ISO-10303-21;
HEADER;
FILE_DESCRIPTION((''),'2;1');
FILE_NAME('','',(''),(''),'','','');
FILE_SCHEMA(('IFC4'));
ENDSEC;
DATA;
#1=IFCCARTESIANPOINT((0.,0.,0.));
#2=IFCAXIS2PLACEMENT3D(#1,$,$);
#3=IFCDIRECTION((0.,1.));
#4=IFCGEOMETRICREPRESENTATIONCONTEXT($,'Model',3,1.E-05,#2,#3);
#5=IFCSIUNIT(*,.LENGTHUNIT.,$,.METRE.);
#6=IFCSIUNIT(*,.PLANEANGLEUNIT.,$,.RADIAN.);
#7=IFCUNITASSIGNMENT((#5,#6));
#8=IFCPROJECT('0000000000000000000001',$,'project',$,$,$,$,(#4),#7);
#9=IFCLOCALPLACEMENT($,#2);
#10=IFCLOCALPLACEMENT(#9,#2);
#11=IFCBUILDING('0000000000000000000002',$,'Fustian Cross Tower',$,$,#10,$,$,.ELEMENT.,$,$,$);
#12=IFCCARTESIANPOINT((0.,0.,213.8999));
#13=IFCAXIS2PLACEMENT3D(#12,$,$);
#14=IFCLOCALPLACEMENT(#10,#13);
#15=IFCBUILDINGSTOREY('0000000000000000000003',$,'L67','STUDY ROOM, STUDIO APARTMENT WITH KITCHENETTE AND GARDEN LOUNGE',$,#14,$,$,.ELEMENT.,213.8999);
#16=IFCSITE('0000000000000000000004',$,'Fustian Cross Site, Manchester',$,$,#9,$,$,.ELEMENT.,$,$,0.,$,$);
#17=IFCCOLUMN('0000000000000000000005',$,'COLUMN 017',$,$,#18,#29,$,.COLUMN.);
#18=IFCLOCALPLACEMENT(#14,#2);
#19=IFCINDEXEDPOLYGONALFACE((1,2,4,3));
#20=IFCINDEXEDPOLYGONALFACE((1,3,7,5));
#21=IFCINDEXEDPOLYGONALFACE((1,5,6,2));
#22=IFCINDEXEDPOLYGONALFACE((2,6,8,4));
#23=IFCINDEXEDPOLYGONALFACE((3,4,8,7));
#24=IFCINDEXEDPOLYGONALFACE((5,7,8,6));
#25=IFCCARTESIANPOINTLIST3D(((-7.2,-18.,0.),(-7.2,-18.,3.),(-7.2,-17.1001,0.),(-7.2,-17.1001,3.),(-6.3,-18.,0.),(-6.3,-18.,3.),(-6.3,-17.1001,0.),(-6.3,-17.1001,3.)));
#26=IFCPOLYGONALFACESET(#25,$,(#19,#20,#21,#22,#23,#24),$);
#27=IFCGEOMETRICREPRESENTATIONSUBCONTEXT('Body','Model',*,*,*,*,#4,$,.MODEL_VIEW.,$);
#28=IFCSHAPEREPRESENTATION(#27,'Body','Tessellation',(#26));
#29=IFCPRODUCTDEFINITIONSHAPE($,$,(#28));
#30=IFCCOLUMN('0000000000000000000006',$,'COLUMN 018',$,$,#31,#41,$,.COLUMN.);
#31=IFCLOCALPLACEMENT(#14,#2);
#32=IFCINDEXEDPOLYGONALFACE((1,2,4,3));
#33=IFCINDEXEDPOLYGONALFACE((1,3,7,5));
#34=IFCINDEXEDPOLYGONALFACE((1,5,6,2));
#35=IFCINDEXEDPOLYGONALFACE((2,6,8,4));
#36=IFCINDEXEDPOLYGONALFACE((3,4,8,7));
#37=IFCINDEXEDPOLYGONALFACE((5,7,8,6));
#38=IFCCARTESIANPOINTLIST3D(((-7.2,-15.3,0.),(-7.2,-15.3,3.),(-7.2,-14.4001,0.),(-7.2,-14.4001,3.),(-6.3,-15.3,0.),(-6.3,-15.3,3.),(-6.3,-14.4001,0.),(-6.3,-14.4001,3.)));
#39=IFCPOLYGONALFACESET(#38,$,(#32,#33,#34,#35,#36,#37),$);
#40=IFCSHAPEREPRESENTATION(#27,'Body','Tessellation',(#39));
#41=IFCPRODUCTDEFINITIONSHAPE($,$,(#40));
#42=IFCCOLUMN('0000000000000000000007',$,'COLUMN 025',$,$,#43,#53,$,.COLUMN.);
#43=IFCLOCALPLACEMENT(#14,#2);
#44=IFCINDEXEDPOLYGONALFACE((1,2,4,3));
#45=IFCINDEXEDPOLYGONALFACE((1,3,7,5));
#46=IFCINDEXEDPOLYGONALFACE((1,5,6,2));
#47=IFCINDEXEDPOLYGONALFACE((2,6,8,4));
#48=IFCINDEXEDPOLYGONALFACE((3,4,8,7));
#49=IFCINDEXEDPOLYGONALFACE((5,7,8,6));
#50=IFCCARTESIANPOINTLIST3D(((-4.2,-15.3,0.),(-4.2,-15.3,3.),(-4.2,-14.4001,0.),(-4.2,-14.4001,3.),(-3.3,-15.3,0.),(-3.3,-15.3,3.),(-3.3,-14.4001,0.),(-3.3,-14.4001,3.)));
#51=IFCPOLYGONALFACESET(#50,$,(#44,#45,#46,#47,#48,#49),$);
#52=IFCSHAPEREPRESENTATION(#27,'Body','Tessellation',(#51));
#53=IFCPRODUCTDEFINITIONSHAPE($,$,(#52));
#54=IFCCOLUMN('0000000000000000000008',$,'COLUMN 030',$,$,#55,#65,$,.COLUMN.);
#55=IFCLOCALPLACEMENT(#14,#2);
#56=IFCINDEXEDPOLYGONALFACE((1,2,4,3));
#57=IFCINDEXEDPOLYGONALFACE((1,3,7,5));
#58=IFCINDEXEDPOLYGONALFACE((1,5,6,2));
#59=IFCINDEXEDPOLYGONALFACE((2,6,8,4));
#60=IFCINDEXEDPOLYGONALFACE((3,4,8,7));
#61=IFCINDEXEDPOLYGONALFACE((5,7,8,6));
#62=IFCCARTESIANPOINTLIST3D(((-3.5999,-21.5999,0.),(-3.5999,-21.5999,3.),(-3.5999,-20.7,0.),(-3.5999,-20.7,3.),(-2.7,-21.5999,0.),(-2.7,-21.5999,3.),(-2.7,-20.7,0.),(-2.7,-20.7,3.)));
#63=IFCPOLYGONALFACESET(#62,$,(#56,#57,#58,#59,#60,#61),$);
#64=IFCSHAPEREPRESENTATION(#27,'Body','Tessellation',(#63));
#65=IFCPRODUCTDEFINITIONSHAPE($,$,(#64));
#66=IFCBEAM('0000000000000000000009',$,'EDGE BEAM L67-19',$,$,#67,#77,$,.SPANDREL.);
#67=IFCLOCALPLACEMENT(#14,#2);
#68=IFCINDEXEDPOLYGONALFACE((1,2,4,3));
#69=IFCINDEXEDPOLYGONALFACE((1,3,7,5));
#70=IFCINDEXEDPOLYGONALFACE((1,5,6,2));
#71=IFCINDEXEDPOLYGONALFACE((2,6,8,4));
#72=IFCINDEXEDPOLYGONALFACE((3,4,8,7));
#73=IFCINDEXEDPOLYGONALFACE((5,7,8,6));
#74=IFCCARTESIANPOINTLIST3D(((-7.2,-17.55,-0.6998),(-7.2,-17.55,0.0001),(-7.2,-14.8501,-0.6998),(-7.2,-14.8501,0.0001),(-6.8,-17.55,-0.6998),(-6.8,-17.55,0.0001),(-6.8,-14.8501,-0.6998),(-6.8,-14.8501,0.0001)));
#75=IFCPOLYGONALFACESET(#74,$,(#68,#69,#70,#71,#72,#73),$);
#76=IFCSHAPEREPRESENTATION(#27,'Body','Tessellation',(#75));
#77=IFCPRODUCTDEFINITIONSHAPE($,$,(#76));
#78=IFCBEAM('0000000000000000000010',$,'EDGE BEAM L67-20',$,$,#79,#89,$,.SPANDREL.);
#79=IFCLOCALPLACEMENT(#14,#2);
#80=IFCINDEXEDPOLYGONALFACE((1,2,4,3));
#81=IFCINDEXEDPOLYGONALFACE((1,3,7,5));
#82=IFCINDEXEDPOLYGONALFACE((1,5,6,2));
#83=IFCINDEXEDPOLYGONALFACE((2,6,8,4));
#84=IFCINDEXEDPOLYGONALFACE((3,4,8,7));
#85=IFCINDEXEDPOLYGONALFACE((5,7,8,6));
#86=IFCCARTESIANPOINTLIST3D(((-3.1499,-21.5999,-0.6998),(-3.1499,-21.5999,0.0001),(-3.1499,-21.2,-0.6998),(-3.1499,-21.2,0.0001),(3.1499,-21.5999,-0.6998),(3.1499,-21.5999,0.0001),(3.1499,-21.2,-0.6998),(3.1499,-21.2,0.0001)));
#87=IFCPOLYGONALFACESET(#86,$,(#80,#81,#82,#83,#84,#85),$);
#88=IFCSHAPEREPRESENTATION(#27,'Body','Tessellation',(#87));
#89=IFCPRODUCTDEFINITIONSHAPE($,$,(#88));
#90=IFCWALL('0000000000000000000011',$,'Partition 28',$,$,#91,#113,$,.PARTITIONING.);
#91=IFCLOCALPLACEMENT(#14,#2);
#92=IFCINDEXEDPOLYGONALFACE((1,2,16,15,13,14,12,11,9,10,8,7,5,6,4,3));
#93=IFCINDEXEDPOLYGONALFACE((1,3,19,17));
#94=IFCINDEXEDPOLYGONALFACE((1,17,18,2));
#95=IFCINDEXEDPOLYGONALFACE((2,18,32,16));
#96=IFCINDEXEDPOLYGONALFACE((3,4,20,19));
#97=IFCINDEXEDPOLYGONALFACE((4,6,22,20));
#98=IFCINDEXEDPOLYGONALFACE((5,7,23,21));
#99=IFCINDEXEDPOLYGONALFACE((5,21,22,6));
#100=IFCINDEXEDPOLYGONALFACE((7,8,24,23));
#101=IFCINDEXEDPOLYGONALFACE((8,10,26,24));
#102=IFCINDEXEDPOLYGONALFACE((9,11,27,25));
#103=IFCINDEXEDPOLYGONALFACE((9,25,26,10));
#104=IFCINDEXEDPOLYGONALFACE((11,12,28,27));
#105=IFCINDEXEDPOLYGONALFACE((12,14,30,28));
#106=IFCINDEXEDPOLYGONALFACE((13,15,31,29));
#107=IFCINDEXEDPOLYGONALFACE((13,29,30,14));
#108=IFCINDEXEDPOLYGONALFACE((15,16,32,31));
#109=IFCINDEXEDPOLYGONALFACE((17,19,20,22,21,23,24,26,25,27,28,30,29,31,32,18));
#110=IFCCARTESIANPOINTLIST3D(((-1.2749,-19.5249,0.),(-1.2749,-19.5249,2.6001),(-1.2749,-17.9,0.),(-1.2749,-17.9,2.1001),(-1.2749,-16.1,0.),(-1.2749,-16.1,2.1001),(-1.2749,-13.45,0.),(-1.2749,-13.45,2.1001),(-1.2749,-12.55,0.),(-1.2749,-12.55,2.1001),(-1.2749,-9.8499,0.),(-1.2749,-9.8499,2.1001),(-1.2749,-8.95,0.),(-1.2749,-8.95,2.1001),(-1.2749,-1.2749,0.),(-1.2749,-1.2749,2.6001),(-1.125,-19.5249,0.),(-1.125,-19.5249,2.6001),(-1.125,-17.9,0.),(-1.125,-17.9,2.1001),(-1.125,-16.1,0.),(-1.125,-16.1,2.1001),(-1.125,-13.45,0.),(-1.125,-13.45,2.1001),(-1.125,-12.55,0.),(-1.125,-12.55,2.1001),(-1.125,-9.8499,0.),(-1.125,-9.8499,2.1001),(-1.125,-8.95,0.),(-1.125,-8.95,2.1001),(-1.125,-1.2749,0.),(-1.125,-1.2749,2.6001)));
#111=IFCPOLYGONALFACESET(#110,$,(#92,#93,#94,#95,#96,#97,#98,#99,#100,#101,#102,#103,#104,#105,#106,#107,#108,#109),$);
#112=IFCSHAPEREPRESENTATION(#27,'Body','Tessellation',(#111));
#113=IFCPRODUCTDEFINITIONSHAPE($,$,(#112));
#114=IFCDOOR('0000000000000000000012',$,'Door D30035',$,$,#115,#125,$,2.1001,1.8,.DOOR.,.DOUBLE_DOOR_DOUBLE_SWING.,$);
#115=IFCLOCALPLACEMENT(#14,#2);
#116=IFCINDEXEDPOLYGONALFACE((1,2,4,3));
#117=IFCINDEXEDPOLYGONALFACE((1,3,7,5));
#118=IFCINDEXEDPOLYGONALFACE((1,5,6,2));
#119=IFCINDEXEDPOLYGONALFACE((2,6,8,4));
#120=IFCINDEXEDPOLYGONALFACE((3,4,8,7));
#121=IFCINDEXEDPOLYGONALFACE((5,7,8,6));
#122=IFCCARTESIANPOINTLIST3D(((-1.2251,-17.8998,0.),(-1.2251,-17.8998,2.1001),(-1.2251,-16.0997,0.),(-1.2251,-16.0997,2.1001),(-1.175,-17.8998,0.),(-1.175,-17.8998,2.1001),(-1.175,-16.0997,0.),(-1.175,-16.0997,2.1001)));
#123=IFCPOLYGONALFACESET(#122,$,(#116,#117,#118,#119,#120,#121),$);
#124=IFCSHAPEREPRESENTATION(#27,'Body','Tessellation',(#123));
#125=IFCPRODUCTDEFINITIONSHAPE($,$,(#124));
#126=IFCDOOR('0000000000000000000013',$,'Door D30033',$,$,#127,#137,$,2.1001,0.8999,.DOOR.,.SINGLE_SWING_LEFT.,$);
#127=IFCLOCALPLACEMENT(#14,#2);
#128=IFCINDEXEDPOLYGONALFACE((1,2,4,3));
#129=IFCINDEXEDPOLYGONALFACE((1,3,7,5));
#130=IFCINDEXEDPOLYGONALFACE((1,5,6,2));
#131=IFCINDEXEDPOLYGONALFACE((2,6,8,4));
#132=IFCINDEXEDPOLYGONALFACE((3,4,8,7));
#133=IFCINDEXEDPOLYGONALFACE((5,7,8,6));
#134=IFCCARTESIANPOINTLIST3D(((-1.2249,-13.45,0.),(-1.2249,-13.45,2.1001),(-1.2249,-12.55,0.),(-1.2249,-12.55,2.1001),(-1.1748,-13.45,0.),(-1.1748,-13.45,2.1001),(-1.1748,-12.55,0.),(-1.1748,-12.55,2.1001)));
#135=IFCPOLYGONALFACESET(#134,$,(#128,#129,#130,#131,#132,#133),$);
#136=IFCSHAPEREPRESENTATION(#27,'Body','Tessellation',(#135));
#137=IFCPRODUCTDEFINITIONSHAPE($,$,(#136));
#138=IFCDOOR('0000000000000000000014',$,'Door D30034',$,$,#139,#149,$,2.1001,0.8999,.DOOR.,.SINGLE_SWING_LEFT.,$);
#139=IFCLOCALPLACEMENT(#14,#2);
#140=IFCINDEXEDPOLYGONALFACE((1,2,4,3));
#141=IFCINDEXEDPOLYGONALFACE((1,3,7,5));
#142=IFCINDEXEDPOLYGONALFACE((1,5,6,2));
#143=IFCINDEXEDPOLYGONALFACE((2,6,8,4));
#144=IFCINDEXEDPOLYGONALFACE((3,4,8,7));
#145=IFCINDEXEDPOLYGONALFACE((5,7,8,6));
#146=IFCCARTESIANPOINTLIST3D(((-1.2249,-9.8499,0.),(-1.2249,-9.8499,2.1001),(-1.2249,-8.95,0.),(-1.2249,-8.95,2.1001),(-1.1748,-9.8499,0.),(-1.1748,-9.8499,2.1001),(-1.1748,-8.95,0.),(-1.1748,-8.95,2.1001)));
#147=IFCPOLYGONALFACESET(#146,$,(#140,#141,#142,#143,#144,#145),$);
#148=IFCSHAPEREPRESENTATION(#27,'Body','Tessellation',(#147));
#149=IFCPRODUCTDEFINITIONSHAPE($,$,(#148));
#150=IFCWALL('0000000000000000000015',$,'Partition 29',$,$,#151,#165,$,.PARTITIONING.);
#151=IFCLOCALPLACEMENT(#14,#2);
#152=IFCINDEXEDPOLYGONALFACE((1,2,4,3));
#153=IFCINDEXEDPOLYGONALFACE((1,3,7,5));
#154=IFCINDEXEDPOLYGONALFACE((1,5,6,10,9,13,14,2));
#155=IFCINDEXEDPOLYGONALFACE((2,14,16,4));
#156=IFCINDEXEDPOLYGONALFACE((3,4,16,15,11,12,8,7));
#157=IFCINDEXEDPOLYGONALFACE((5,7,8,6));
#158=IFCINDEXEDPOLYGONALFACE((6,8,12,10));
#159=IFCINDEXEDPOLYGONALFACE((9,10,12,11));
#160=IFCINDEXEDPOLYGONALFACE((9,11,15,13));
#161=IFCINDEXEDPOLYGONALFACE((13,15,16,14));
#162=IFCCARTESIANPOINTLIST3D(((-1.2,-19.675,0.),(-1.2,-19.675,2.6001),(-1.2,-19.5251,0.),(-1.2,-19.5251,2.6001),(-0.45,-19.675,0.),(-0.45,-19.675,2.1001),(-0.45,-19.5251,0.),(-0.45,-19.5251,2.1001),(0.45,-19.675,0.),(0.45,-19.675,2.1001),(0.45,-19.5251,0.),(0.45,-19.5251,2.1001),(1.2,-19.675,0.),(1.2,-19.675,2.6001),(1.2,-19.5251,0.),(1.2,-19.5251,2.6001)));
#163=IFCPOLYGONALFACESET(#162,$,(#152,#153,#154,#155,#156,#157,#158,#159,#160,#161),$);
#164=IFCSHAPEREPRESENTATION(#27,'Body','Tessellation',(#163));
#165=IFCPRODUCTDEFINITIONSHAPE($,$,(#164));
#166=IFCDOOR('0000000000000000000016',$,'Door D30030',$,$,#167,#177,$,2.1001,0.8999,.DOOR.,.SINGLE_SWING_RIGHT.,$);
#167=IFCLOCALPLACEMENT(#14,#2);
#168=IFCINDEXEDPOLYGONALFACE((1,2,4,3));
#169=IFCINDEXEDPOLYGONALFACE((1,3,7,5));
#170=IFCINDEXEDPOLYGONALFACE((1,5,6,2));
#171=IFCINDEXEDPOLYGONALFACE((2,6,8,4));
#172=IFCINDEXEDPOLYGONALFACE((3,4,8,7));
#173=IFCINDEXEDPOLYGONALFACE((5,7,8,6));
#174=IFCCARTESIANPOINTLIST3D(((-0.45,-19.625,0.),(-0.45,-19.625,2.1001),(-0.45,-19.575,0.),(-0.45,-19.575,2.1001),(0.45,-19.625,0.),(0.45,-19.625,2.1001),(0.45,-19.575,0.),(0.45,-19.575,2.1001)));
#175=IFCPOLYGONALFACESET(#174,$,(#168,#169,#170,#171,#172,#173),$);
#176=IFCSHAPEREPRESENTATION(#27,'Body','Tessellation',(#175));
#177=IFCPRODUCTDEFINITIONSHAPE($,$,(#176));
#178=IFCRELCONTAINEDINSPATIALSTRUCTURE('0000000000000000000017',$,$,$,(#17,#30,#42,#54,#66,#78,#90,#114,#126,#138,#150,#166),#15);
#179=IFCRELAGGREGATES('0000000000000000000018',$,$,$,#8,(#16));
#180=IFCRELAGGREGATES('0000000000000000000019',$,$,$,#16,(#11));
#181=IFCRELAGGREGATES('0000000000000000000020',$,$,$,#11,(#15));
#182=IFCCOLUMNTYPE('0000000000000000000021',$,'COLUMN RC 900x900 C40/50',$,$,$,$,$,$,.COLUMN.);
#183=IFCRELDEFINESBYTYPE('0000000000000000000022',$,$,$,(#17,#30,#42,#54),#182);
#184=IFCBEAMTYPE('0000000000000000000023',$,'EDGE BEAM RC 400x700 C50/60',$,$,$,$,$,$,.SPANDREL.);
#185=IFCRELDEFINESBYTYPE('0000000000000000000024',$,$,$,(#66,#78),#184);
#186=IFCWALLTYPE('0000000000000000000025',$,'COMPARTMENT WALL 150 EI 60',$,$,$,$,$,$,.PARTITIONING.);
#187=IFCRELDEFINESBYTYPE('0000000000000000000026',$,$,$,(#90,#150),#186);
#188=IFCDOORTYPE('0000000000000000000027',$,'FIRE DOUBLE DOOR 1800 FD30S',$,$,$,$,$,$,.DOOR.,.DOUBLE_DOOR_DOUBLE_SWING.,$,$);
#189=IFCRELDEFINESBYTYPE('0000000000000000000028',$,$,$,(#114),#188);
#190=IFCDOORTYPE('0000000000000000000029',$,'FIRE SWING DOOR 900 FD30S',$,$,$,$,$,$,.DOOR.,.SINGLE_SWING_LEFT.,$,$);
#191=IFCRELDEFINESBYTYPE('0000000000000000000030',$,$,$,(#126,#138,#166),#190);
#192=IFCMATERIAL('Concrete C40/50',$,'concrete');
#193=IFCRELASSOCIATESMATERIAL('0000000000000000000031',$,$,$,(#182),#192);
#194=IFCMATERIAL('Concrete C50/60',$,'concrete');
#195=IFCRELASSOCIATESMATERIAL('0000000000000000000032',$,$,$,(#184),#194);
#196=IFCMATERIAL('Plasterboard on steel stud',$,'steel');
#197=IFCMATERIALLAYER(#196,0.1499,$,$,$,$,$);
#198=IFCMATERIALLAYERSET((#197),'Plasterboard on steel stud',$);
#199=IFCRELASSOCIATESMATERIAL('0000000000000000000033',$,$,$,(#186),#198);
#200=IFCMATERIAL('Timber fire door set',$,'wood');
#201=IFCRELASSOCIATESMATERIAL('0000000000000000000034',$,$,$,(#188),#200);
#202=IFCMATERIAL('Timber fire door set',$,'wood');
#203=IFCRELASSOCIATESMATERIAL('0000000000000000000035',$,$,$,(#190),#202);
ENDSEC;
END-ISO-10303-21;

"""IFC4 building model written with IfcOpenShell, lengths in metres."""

from ifc_helpers import new_model, si_unit, direction, frame, frame_2d, origin, origin_2d, place, context, subcontext, project, spatial, rectangle, extrude, material, layer, layer_set, material_profile, profile_set, type_object, element, fill, save


model = new_model("IFC4")

# Units and contexts
model_context = context("Model", 3, precision=1e-05, world=origin(), true_north=direction((0.0, 1.0)))
body_context = subcontext(model_context, "Body", "Model", "MODEL_VIEW")
ifc_project = project(units=[si_unit("LENGTHUNIT", "METRE"), si_unit("PLANEANGLEUNIT", "RADIAN")], contexts=[model_context])

# Site, building, storey
site_placement = place(None, origin())
site = spatial("IfcSite", under=ifc_project, at=site_placement, Name="Fustian Cross Site, Manchester", CompositionType="ELEMENT", RefElevation=0.0)
building_placement = place(site_placement, origin())
building = spatial("IfcBuilding", under=site, at=building_placement, Name="Fustian Cross Tower", CompositionType="ELEMENT")
storey_placement = place(building_placement, frame((0.0, 0.0, 213.8999)))
storey = spatial("IfcBuildingStorey", under=building, at=storey_placement, Name="L67", Description="STUDY ROOM, STUDIO APARTMENT WITH KITCHENETTE AND GARDEN LOUNGE", CompositionType="ELEMENT", Elevation=213.8999)

# Columns
ifc_material_1 = material(Name="Concrete C40/50", Category="concrete")
ifc_material_profile_1 = material_profile(ifc_material_1, rectangle(XDim=0.8999, YDim=0.8999, at=origin_2d()), Name="RC 900x900")
ifc_profile_set_1 = profile_set([ifc_material_profile_1], Name="Concrete C40/50")
column_type = type_object("IfcColumnType", Name="COLUMN RC 900x900 C40/50", PredefinedType="COLUMN", material=ifc_profile_set_1)
for number, where, z_axis, x_axis, name in (
    (1, (-6.75, -17.55, 0.0), (0.0, 0.0, 1.0), (1.0, 0.0, 0.0), "COLUMN 017"),
    (2, (-6.75, -14.8501, 0.0), (0.0, 0.0, 1.0), (1.0, 0.0, 0.0), "COLUMN 018"),
    (3, (-3.75, -14.8501, 0.0), (0.0, 0.0, 1.0), (1.0, 0.0, 0.0), "COLUMN 025"),
    (4, (-3.1499, -21.1499, 0.0), (0.0, 0.0, 1.0), (1.0, 0.0, 0.0), "COLUMN 030"),
):
    element("IfcColumn", number, at=place(storey_placement, frame(where, z_axis=z_axis, x_axis=x_axis)), inside=storey, type_object=column_type, Name=name, PredefinedType="COLUMN", context=body_context, shape_type="SweptSolid", body=[
        extrude(rectangle(XDim=0.8999, YDim=0.8999, at=origin_2d()), origin(), (0.0, 0.0, 1.0), 3.0),
    ])

# Beams
ifc_material_2 = material(Name="Concrete C50/60", Category="concrete")
ifc_material_profile_2 = material_profile(ifc_material_2, rectangle(XDim=0.3999, YDim=0.7, at=origin_2d()), Name="RC 400x700")
ifc_profile_set_2 = profile_set([ifc_material_profile_2], Name="Concrete C50/60")
beam_type = type_object("IfcBeamType", Name="EDGE BEAM RC 400x700 C50/60", PredefinedType="SPANDREL", material=ifc_profile_set_2)
beam_1_placement = place(storey_placement, frame((-7.0, -14.8501, -0.3499), z_axis=(0.0, -1.0, 0.0), x_axis=(1.0, 0.0, 0.0)))
element("IfcBeam", 5, at=beam_1_placement, inside=storey, type_object=beam_type, Name="EDGE BEAM L67-19", PredefinedType="SPANDREL", context=body_context, shape_type="SweptSolid", body=[
    extrude(rectangle(XDim=0.3999, YDim=0.7, at=origin_2d()), origin(), (0.0, 0.0, 1.0), 2.7),
])
beam_2_placement = place(storey_placement, frame((-3.1499, -21.3999, -0.3499), z_axis=(1.0, 0.0, 0.0), x_axis=(0.0, 1.0, 0.0)))
element("IfcBeam", 6, at=beam_2_placement, inside=storey, type_object=beam_type, Name="EDGE BEAM L67-20", PredefinedType="SPANDREL", context=body_context, shape_type="SweptSolid", body=[
    extrude(rectangle(XDim=0.3999, YDim=0.7, at=origin_2d()), origin(), (0.0, 0.0, 1.0), 6.2998),
])

# Wall, openings, doors
ifc_material_3 = material(Name="Plasterboard on steel stud", Category="steel")
ifc_layer_1 = layer(ifc_material_3, 0.1499)
ifc_layer_set_1 = layer_set([ifc_layer_1], Name="Plasterboard on steel stud")
wall_type_1 = type_object("IfcWallType", Name="COMPARTMENT WALL 150 EI 60", PredefinedType="PARTITIONING", material=ifc_layer_set_1)
wall_1_placement = place(storey_placement, frame((-1.2, -19.5249, 0.0), z_axis=(0.0, 0.0, 1.0), x_axis=(0.0, 1.0, 0.0)))
wall_1 = element("IfcWall", 7, at=wall_1_placement, inside=storey, type_object=wall_type_1, Name="Partition 28", PredefinedType="PARTITIONING", context=body_context, shape_type="SweptSolid", body=[
    extrude(rectangle(XDim=18.25, YDim=0.1499, at=frame_2d((9.125, 0.0))), origin(), (0.0, 0.0, 1.0), 2.6001),
])
opening_1_placement = place(wall_1_placement, frame((6.075, 0.0, 0.0)))
opening_1 = element("IfcOpeningElement", 8, at=opening_1_placement, cuts=wall_1, PredefinedType="OPENING", context=body_context, shape_type="SweptSolid", body=[
    extrude(rectangle(XDim=0.8999, YDim=2.1001, at=frame_2d((0.45, 1.05))), frame((0.0, 0.085, 0.0), z_axis=(0.0, -1.0, 0.0), x_axis=(1.0, 0.0, 0.0)), (0.0, 0.0, 1.0), 0.1699),
])
opening_2_placement = place(wall_1_placement, frame((9.675, 0.0, 0.0)))
opening_2 = element("IfcOpeningElement", 9, at=opening_2_placement, cuts=wall_1, PredefinedType="OPENING", context=body_context, shape_type="SweptSolid", body=[
    extrude(rectangle(XDim=0.8999, YDim=2.1001, at=frame_2d((0.45, 1.05))), frame((0.0, 0.085, 0.0), z_axis=(0.0, -1.0, 0.0), x_axis=(1.0, 0.0, 0.0)), (0.0, 0.0, 1.0), 0.1699),
])
opening_3_placement = place(wall_1_placement, frame((1.625, 0.0, 0.0)))
opening_3 = element("IfcOpeningElement", 10, at=opening_3_placement, cuts=wall_1, PredefinedType="OPENING", context=body_context, shape_type="SweptSolid", body=[
    extrude(rectangle(XDim=1.8, YDim=2.1001, at=frame_2d((0.8999, 1.05))), frame((0.0, 0.085, 0.0), z_axis=(0.0, -1.0, 0.0), x_axis=(1.0, 0.0, 0.0)), (0.0, 0.0, 1.0), 0.1699),
])
ifc_material_4 = material(Name="Timber fire door set", Category="wood")
door_type_1 = type_object("IfcDoorType", Name="FIRE DOUBLE DOOR 1800 FD30S", OperationType="DOUBLE_DOOR_DOUBLE_SWING", PredefinedType="DOOR", material=ifc_material_4)
door_1_placement = place(opening_3_placement, frame((1.8, 0.0, 0.0), z_axis=(0.0, 0.0, 1.0), x_axis=(-1.0, 0.0, 0.0)))
door_1 = element("IfcDoor", 11, at=door_1_placement, inside=storey, type_object=door_type_1, Name="Door D30035", OperationType="DOUBLE_DOOR_DOUBLE_SWING", OverallHeight=2.1001, OverallWidth=1.8, PredefinedType="DOOR", context=body_context, shape_type="SweptSolid", body=[
    extrude(rectangle(XDim=1.8, YDim=2.1001, at=frame_2d((0.8999, 1.05))), frame((0.0, 0.0249, 0.0), z_axis=(0.0, -1.0, 0.0), x_axis=(1.0, 0.0, 0.0)), (0.0, 0.0, 1.0), 0.05),
])
fill(opening_3, door_1)
ifc_material_5 = material(Name="Timber fire door set", Category="wood")
door_type_2 = type_object("IfcDoorType", Name="FIRE SWING DOOR 900 FD30S", OperationType="SINGLE_SWING_LEFT", PredefinedType="DOOR", material=ifc_material_5)
door_2_placement = place(opening_1_placement, origin())
door_2 = element("IfcDoor", 12, at=door_2_placement, inside=storey, type_object=door_type_2, Name="Door D30033", OperationType="SINGLE_SWING_LEFT", OverallHeight=2.1001, OverallWidth=0.8999, PredefinedType="DOOR", context=body_context, shape_type="SweptSolid", body=[
    extrude(rectangle(XDim=0.8999, YDim=2.1001, at=frame_2d((0.45, 1.05))), frame((0.0, 0.0249, 0.0), z_axis=(0.0, -1.0, 0.0), x_axis=(1.0, 0.0, 0.0)), (0.0, 0.0, 1.0), 0.05),
])
fill(opening_1, door_2)
door_3_placement = place(opening_2_placement, origin())
door_3 = element("IfcDoor", 13, at=door_3_placement, inside=storey, type_object=door_type_2, Name="Door D30034", OperationType="SINGLE_SWING_LEFT", OverallHeight=2.1001, OverallWidth=0.8999, PredefinedType="DOOR", context=body_context, shape_type="SweptSolid", body=[
    extrude(rectangle(XDim=0.8999, YDim=2.1001, at=frame_2d((0.45, 1.05))), frame((0.0, 0.0249, 0.0), z_axis=(0.0, -1.0, 0.0), x_axis=(1.0, 0.0, 0.0)), (0.0, 0.0, 1.0), 0.05),
])
fill(opening_2, door_3)

# Wall, opening, door
wall_2_placement = place(storey_placement, frame((-1.2, -19.6001, 0.0), z_axis=(0.0, 0.0, 1.0), x_axis=(1.0, 0.0, 0.0)))
wall_2 = element("IfcWall", 14, at=wall_2_placement, inside=storey, type_object=wall_type_1, Name="Partition 29", PredefinedType="PARTITIONING", context=body_context, shape_type="SweptSolid", body=[
    extrude(rectangle(XDim=2.3999, YDim=0.1499, at=frame_2d((1.2, 0.0))), origin(), (0.0, 0.0, 1.0), 2.6001),
])
opening_4_placement = place(wall_2_placement, frame((0.75, 0.0, 0.0)))
opening_4 = element("IfcOpeningElement", 15, at=opening_4_placement, cuts=wall_2, PredefinedType="OPENING", context=body_context, shape_type="SweptSolid", body=[
    extrude(rectangle(XDim=0.8999, YDim=2.1001, at=frame_2d((0.45, 1.05))), frame((0.0, 0.085, 0.0), z_axis=(0.0, -1.0, 0.0), x_axis=(1.0, 0.0, 0.0)), (0.0, 0.0, 1.0), 0.1699),
])
door_4_placement = place(opening_4_placement, frame((0.8999, 0.0, 0.0), z_axis=(0.0, 0.0, 1.0), x_axis=(-1.0, 0.0, 0.0)))
door_4 = element("IfcDoor", 16, at=door_4_placement, inside=storey, type_object=door_type_2, Name="Door D30030", OperationType="SINGLE_SWING_RIGHT", OverallHeight=2.1001, OverallWidth=0.8999, PredefinedType="DOOR", context=body_context, shape_type="SweptSolid", body=[
    extrude(rectangle(XDim=0.8999, YDim=2.1001, at=frame_2d((0.45, 1.05))), frame((0.0, 0.0249, 0.0), z_axis=(0.0, -1.0, 0.0), x_axis=(1.0, 0.0, 0.0)), (0.0, 0.0, 1.0), 0.05),
])
fill(opening_4, door_4)

save(model, "model.ifc")
